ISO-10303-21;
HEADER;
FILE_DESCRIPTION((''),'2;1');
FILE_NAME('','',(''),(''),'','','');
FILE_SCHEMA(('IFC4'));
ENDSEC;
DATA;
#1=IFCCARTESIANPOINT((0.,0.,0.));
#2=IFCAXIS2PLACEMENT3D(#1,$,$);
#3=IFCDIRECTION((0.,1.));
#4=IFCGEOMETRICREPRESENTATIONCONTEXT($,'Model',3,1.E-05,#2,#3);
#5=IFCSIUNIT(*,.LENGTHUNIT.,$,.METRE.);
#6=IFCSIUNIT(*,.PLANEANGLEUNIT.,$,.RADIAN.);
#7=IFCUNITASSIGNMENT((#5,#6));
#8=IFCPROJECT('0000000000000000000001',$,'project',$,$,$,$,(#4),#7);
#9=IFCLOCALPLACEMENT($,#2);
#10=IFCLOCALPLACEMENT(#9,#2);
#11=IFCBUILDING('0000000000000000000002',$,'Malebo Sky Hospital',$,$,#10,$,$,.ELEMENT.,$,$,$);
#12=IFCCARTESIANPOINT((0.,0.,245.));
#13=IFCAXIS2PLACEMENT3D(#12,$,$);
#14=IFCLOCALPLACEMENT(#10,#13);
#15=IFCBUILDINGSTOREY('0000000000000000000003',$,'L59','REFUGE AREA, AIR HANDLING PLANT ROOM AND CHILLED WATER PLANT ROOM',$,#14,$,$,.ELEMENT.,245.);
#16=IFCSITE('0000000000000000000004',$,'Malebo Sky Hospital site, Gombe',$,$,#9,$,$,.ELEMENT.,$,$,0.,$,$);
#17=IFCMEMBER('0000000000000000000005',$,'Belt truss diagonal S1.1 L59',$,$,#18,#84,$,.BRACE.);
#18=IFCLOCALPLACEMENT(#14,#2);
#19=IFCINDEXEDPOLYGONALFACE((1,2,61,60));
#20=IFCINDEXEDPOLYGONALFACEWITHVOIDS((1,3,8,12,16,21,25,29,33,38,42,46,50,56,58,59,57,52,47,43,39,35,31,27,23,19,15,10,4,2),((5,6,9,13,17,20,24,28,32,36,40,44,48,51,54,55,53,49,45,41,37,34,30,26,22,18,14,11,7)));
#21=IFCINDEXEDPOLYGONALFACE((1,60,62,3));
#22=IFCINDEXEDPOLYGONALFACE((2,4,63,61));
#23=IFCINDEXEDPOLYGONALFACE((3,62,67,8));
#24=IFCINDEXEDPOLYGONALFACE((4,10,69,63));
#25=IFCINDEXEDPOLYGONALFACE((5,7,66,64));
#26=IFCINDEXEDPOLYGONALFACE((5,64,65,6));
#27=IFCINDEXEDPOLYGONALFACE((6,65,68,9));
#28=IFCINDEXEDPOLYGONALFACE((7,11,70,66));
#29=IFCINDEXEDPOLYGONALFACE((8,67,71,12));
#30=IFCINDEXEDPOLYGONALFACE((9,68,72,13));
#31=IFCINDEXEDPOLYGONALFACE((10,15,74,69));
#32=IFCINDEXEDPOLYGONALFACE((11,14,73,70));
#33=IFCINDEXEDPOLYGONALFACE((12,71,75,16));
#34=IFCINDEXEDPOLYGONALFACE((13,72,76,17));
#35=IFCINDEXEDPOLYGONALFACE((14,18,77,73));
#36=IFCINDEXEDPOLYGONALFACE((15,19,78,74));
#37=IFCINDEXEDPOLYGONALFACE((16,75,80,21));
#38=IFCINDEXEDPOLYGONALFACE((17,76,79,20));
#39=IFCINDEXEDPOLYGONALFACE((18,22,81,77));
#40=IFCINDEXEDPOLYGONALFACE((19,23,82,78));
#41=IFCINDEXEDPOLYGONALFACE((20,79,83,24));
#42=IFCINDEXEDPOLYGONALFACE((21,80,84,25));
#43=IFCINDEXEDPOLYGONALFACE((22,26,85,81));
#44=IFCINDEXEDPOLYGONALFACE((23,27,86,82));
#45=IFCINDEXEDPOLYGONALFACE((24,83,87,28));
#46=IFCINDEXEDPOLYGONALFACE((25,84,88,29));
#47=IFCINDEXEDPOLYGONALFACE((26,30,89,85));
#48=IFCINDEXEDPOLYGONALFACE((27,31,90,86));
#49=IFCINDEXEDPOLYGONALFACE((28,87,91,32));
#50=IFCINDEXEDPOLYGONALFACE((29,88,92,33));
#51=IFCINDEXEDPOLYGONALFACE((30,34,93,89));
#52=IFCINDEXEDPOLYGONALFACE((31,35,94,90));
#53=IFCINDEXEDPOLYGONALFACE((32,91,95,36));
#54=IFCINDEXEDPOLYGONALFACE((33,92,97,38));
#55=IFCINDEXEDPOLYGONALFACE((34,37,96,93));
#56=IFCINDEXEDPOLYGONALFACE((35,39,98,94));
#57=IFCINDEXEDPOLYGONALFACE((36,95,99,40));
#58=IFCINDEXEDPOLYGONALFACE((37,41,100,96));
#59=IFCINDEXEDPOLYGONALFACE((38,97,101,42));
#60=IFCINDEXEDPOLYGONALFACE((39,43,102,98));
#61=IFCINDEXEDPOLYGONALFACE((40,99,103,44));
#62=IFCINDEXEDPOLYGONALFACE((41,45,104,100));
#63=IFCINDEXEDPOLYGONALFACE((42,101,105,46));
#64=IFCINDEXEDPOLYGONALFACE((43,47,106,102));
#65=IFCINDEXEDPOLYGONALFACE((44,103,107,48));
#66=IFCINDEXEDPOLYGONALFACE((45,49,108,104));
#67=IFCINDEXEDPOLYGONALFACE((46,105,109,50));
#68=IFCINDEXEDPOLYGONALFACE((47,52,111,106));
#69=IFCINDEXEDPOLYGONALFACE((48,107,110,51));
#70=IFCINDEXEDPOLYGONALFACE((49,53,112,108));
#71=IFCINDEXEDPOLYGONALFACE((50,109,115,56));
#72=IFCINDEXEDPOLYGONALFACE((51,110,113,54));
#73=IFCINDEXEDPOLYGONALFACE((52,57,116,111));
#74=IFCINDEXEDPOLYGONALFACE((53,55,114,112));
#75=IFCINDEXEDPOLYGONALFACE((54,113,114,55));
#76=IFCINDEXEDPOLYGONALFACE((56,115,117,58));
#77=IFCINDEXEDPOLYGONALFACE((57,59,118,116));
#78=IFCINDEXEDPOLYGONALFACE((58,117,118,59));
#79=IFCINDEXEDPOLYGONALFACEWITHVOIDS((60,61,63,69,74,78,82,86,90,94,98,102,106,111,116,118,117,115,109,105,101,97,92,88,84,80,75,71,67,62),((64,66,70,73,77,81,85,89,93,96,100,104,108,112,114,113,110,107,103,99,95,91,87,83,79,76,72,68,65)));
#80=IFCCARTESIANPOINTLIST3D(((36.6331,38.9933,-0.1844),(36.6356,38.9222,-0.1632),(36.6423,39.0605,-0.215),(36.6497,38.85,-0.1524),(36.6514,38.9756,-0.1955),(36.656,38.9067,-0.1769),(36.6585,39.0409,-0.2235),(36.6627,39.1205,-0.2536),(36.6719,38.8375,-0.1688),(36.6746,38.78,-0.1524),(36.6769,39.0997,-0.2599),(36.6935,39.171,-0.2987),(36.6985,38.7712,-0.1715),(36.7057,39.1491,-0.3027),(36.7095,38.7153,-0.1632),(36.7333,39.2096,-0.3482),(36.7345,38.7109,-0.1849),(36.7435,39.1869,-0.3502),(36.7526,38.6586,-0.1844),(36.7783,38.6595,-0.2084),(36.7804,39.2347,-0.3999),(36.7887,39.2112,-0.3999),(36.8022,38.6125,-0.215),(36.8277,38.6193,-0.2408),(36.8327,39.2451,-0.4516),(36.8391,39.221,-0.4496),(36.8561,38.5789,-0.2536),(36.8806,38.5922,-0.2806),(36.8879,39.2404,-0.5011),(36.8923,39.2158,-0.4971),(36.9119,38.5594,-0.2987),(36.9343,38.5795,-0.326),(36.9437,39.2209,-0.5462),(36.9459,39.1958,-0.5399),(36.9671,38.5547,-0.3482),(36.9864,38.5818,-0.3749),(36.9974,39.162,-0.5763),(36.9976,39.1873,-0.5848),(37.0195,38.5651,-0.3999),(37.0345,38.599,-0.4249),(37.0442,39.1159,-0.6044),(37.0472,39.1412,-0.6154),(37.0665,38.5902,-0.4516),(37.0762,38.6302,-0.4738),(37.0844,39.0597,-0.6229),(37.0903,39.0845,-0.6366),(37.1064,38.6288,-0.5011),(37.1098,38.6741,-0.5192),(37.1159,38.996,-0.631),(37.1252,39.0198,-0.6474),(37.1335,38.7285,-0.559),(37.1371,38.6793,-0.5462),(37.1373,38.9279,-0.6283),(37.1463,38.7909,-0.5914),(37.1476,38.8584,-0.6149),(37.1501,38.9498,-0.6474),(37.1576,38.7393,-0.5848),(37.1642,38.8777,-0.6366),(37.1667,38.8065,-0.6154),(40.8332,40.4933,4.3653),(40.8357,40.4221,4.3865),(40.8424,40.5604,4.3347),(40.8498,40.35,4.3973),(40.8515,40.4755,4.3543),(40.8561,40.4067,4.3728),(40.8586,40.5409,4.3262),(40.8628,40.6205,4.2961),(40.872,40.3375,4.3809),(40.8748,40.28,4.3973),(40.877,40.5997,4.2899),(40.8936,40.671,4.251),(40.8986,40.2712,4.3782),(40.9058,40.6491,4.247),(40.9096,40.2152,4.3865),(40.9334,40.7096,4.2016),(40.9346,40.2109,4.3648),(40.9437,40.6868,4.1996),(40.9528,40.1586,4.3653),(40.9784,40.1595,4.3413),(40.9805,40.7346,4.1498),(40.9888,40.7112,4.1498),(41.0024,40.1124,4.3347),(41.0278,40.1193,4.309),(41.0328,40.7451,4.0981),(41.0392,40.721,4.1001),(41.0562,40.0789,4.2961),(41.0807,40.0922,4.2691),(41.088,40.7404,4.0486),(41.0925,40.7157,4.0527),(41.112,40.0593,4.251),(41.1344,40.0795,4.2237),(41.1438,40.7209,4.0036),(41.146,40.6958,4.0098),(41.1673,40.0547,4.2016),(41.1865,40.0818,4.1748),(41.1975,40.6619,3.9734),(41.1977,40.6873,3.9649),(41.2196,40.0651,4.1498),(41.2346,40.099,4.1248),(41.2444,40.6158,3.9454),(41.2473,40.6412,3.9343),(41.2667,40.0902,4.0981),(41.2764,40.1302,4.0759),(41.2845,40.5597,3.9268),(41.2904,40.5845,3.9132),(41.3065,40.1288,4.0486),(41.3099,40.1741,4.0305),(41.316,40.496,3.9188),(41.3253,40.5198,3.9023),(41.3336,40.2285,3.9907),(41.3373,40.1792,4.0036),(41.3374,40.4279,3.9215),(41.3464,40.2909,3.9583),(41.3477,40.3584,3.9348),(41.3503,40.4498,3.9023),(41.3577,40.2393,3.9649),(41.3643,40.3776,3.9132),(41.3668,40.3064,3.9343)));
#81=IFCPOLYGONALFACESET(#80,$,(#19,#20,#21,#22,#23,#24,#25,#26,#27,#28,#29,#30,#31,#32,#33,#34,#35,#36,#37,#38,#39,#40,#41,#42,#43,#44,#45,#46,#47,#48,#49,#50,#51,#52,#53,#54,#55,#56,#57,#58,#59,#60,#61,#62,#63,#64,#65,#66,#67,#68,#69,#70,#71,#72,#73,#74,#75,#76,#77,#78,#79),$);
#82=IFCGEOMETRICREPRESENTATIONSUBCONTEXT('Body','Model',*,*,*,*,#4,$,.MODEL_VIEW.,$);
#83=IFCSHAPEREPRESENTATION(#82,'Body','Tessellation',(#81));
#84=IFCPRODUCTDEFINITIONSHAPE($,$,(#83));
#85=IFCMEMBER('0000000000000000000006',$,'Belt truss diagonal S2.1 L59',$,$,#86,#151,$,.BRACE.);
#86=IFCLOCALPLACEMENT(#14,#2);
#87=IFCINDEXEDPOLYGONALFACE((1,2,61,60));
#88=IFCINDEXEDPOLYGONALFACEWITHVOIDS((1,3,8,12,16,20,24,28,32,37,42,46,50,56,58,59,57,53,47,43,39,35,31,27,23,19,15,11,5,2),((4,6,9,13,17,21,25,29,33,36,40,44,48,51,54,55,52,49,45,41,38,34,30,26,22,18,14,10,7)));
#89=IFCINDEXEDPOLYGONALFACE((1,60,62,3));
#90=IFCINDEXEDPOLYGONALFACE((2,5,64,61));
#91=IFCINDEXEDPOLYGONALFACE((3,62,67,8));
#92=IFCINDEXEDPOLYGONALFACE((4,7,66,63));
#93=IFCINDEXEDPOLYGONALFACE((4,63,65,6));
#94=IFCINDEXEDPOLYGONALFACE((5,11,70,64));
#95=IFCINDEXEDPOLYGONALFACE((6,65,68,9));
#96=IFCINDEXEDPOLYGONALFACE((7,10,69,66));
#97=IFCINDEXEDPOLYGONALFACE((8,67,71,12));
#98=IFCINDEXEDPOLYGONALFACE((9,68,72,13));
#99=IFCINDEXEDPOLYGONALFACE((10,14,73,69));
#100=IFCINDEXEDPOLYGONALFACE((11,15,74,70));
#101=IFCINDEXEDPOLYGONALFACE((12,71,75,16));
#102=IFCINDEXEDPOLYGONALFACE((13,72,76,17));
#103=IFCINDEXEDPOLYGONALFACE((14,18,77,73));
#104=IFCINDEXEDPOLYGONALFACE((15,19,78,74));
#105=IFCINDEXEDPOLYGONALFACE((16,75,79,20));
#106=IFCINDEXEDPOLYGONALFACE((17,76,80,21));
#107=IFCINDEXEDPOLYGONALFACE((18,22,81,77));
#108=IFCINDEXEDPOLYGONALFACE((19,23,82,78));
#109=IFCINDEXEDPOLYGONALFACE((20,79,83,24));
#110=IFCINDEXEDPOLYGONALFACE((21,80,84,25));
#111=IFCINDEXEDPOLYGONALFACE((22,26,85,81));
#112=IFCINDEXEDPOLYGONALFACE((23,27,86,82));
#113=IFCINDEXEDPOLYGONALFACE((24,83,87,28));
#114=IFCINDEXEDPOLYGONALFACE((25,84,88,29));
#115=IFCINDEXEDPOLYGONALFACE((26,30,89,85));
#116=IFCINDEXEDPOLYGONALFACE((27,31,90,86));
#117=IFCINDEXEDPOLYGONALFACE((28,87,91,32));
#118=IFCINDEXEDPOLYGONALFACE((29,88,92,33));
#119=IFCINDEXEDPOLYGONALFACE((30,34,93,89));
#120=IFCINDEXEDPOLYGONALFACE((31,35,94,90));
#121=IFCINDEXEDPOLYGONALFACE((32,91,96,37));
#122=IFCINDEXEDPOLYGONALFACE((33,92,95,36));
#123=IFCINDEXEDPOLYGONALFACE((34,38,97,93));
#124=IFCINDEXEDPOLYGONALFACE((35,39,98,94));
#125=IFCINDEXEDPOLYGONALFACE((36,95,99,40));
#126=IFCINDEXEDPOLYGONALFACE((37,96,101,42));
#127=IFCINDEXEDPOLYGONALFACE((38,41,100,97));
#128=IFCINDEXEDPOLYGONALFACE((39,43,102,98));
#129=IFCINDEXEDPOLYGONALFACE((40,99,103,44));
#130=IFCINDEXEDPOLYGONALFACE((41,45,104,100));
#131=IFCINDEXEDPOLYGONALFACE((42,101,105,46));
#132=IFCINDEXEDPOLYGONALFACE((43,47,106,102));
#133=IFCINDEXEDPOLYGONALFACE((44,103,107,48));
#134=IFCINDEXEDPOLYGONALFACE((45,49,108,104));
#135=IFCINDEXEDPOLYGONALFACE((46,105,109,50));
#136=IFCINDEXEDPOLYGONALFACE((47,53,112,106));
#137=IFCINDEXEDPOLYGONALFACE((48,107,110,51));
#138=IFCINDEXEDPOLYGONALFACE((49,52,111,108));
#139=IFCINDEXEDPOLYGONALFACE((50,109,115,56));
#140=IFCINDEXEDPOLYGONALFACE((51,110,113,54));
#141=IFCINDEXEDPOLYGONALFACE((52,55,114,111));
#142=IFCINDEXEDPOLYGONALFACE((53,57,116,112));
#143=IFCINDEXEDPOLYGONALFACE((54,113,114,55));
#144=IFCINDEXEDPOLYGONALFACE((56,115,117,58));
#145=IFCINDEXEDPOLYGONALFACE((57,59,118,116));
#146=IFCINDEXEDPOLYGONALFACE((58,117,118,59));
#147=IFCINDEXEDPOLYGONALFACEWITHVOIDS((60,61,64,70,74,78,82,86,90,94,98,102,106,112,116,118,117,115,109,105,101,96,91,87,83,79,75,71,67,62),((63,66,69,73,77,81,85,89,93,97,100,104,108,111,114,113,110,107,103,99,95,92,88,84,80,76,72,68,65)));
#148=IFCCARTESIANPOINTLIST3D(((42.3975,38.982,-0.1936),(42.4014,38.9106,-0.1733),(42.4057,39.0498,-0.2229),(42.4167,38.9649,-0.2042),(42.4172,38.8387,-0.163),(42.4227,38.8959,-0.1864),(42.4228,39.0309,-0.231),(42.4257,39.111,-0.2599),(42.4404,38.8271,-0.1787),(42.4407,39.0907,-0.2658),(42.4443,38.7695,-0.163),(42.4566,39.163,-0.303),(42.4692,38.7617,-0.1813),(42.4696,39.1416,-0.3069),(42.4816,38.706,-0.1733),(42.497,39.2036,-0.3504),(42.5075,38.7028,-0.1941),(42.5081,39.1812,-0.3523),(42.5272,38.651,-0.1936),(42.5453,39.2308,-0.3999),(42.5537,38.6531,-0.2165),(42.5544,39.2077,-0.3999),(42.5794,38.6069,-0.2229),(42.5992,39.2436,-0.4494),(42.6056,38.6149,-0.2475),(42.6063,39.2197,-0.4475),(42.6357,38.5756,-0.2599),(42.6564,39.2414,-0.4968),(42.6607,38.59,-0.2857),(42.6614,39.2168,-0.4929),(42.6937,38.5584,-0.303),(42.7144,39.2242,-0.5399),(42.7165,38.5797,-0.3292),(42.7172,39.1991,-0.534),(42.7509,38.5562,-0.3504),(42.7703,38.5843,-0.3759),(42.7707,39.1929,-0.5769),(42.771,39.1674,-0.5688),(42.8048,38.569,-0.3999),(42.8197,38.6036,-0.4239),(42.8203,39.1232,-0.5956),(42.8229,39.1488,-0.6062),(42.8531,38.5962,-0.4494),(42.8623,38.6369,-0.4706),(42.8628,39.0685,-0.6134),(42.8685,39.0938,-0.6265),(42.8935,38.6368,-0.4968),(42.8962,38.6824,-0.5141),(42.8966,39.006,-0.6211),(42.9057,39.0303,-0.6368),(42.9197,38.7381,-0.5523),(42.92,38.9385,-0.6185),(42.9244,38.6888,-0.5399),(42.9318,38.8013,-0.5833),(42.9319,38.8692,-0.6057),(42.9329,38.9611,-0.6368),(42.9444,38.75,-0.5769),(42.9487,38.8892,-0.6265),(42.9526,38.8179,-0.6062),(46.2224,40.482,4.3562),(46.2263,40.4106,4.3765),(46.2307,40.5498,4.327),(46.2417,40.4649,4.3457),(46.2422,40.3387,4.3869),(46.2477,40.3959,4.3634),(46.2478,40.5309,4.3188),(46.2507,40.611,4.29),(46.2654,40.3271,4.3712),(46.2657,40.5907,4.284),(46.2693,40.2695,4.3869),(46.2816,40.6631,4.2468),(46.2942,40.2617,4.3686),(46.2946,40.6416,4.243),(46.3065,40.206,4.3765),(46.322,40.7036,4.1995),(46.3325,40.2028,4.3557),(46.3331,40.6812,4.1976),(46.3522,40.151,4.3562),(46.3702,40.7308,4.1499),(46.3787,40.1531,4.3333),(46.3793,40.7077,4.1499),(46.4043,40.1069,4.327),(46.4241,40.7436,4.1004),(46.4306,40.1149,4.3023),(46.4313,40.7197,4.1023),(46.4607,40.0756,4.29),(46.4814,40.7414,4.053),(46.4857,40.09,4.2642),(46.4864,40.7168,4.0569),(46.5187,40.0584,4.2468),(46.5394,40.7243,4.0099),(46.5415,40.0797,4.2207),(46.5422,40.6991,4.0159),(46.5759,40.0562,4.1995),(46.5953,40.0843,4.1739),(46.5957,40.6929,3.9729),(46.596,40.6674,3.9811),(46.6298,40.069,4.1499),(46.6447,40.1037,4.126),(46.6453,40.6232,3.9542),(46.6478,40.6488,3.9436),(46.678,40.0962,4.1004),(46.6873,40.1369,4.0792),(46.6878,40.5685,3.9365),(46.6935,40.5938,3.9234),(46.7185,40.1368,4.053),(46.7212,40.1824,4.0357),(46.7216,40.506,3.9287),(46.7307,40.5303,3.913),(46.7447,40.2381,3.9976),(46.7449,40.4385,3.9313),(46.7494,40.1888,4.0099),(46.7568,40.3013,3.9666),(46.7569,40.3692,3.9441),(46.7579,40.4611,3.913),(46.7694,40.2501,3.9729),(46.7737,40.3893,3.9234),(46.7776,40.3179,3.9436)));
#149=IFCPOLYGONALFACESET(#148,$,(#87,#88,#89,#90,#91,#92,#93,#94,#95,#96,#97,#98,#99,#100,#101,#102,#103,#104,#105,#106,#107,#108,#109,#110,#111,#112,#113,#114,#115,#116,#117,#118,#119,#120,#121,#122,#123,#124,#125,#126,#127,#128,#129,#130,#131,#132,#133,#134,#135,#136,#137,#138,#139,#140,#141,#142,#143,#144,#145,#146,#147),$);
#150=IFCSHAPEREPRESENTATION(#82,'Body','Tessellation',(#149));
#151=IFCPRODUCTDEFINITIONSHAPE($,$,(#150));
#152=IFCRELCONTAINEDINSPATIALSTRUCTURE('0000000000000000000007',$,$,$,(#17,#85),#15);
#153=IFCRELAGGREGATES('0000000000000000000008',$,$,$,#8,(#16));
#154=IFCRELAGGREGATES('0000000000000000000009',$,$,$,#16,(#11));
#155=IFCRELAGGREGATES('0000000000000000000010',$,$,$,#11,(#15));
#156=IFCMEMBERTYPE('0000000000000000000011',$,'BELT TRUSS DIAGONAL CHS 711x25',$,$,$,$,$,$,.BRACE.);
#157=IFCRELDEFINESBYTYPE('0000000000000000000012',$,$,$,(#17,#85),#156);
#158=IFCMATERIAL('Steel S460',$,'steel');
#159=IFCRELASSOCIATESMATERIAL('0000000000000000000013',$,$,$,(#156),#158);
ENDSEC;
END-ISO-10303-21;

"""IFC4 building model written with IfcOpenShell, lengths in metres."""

from ifc_helpers import new_model, si_unit, direction, frame, origin, origin_2d, place, context, subcontext, project, spatial, hollow_circle, extrude, material, material_profile, profile_set, type_object, element, save


model = new_model("IFC4")

# Units and contexts
model_context = context("Model", 3, precision=1e-05, world=origin(), true_north=direction((0.0, 1.0)))
body_context = subcontext(model_context, "Body", "Model", "MODEL_VIEW")
ifc_project = project(units=[si_unit("LENGTHUNIT", "METRE"), si_unit("PLANEANGLEUNIT", "RADIAN")], contexts=[model_context])

# Site, building, storey
site_placement = place(None, origin())
site = spatial("IfcSite", under=ifc_project, at=site_placement, Name="Malebo Sky Hospital site, Gombe", CompositionType="ELEMENT", RefElevation=0.0)
building_placement = place(site_placement, origin())
building = spatial("IfcBuilding", under=site, at=building_placement, Name="Malebo Sky Hospital", CompositionType="ELEMENT")
storey_placement = place(building_placement, frame((0.0, 0.0, 245.0)))
storey = spatial("IfcBuildingStorey", under=building, at=storey_placement, Name="L59", Description="REFUGE AREA, AIR HANDLING PLANT ROOM AND CHILLED WATER PLANT ROOM", CompositionType="ELEMENT", Elevation=245.0)

# Members
ifc_material_1 = material(Name="Steel S460", Category="steel")
ifc_material_profile_1 = material_profile(ifc_material_1, hollow_circle(Radius=0.3555, WallThickness=0.0249, at=origin_2d()), Name="CHS 711x25")
ifc_profile_set_1 = profile_set([ifc_material_profile_1], Name="Steel S460")
member_type_1 = type_object("IfcMemberType", Name="BELT TRUSS DIAGONAL CHS 711x25", PredefinedType="BRACE", material=ifc_profile_set_1)
member_1_placement = place(storey_placement, frame((36.8999, 38.8999, -0.3999), z_axis=(0.659246, 0.235434, 0.714119), x_axis=(-0.336323, 0.941747, 0.0)))
element("IfcMember", 1, at=member_1_placement, inside=storey, type_object=member_type_1, Name="Belt truss diagonal S1.1 L59", PredefinedType="BRACE", context=body_context, shape_type="SweptSolid", body=[
    extrude(hollow_circle(Radius=0.3555, WallThickness=0.0249, at=origin_2d()), origin(), (0.0, 0.0, 1.0), 6.3711),
])
member_2_placement = place(storey_placement, frame((42.675, 38.8999, -0.3999), z_axis=(0.623939, 0.244685, 0.742179), x_axis=(-0.365092, 0.930972, 0.0)))
element("IfcMember", 2, at=member_2_placement, inside=storey, type_object=member_type_1, Name="Belt truss diagonal S2.1 L59", PredefinedType="BRACE", context=body_context, shape_type="SweptSolid", body=[
    extrude(hollow_circle(Radius=0.3555, WallThickness=0.0249, at=origin_2d()), origin(), (0.0, 0.0, 1.0), 6.1304),
])

save(model, "model.ifc")
